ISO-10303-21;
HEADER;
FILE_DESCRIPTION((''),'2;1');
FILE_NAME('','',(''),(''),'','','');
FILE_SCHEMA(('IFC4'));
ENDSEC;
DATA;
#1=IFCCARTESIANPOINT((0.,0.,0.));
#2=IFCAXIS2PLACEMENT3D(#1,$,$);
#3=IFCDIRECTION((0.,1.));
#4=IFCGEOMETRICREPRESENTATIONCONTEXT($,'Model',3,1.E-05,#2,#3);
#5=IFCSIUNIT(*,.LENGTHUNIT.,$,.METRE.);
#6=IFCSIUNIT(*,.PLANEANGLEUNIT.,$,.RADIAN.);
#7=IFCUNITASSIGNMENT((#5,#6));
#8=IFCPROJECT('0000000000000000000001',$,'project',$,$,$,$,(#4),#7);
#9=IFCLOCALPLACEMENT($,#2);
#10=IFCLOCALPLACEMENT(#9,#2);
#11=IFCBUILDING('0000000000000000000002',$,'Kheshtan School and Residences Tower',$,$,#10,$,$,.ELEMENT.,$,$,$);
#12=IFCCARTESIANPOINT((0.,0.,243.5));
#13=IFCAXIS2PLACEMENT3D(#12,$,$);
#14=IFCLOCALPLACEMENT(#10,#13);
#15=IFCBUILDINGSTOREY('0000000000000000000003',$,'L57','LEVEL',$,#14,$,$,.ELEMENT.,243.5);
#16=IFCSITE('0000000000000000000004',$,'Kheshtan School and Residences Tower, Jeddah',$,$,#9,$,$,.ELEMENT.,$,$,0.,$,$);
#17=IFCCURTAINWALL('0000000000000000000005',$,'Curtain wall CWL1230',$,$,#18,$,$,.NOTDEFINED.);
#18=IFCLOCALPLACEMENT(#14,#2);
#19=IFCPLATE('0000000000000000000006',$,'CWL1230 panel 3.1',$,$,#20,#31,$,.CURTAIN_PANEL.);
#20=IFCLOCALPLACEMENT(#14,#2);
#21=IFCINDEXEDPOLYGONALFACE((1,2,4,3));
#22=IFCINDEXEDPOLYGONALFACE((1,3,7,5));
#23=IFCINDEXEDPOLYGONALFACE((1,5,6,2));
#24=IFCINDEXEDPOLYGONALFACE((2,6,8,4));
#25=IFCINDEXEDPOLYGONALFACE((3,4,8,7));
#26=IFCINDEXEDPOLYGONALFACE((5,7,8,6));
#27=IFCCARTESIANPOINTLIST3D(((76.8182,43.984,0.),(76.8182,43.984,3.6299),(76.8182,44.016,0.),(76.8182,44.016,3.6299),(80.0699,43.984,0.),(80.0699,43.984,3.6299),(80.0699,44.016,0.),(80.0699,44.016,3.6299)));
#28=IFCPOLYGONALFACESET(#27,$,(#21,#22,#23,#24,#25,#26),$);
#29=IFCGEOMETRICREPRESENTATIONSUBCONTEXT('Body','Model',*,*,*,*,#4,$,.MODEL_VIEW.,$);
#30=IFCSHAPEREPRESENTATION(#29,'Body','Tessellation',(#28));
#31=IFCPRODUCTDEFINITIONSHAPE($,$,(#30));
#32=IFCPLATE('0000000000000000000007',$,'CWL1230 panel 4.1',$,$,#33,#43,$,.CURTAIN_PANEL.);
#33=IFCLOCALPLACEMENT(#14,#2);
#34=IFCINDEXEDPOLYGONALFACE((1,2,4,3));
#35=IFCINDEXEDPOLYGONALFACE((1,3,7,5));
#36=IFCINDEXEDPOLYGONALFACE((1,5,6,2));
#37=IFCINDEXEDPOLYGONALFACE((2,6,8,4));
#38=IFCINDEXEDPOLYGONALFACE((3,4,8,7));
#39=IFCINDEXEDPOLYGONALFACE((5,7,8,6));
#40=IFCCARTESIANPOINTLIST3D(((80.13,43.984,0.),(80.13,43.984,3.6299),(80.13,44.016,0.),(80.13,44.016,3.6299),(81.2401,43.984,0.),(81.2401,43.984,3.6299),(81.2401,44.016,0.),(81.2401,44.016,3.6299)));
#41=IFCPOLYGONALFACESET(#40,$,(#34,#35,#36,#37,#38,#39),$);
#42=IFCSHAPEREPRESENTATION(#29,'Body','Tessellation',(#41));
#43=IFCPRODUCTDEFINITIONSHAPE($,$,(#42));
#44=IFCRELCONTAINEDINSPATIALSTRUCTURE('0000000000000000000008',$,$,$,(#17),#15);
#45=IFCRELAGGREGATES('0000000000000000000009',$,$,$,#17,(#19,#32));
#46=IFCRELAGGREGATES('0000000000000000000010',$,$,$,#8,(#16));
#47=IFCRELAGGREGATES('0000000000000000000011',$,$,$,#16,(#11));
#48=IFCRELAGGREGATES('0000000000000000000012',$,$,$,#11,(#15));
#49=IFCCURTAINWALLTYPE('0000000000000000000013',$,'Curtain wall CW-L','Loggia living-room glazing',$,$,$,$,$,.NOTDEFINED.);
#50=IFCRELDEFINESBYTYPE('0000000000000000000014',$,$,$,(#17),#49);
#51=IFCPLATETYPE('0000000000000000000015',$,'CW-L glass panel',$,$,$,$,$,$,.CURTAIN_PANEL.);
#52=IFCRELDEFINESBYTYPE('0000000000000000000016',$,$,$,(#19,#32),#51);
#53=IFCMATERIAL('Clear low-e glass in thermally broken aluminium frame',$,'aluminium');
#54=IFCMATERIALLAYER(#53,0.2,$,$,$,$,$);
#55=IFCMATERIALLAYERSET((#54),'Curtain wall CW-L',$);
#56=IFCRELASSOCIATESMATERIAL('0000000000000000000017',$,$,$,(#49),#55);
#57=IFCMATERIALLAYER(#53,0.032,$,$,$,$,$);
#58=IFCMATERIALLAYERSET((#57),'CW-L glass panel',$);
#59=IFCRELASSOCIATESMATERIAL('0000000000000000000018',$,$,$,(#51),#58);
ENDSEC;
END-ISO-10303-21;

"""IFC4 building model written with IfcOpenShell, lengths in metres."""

from ifc_helpers import new_model, si_unit, direction, frame, origin, origin_2d, place, context, subcontext, project, spatial, rectangle, extrude, material, layer, layer_set, type_object, element, aggregate, save


model = new_model("IFC4")

# Units and contexts
model_context = context("Model", 3, precision=1e-05, world=origin(), true_north=direction((0.0, 1.0)))
body_context = subcontext(model_context, "Body", "Model", "MODEL_VIEW")
ifc_project = project(units=[si_unit("LENGTHUNIT", "METRE"), si_unit("PLANEANGLEUNIT", "RADIAN")], contexts=[model_context])

# Site, building, storey
site_placement = place(None, origin())
site = spatial("IfcSite", under=ifc_project, at=site_placement, Name="Kheshtan School and Residences Tower, Jeddah", CompositionType="ELEMENT", RefElevation=0.0)
building_placement = place(site_placement, origin())
building = spatial("IfcBuilding", under=site, at=building_placement, Name="Kheshtan School and Residences Tower", CompositionType="ELEMENT")
storey_placement = place(building_placement, frame((0.0, 0.0, 243.5)))
storey = spatial("IfcBuildingStorey", under=building, at=storey_placement, Name="L57", Description="LEVEL", CompositionType="ELEMENT", Elevation=243.5)

# Curtain wall
ifc_material_1 = material(Name="Clear low-e glass in thermally broken aluminium frame", Category="aluminium")
ifc_layer_1 = layer(ifc_material_1, 0.2)
ifc_layer_set_1 = layer_set([ifc_layer_1], Name="Curtain wall CW-L")
curtain_wall_type = type_object("IfcCurtainWallType", Name="Curtain wall CW-L", Description="Loggia living-room glazing", PredefinedType="NOTDEFINED", material=ifc_layer_set_1)
curtain_wall_placement = place(storey_placement, origin())
curtain_wall = element("IfcCurtainWall", 1, at=curtain_wall_placement, inside=storey, type_object=curtain_wall_type, Name="Curtain wall CWL1230", PredefinedType="NOTDEFINED")

# Plates
ifc_layer_2 = layer(ifc_material_1, 0.032)
ifc_layer_set_2 = layer_set([ifc_layer_2], Name="CW-L glass panel")
plate_type = type_object("IfcPlateType", Name="CW-L glass panel", PredefinedType="CURTAIN_PANEL", material=ifc_layer_set_2)
plate_1_placement = place(storey_placement, frame((78.4441, 44.0, 0.0), z_axis=(0.0, 0.0, 1.0), x_axis=(1.0, 0.0, 0.0)))
plate_1 = element("IfcPlate", 2, at=plate_1_placement, type_object=plate_type, Name="CWL1230 panel 3.1", PredefinedType="CURTAIN_PANEL", context=body_context, shape_type="SweptSolid", body=[
    extrude(rectangle(XDim=3.2517, YDim=0.032, at=origin_2d()), origin(), (0.0, 0.0, 1.0), 3.6299),
])
plate_2_placement = place(storey_placement, frame((80.6851, 44.0, 0.0), z_axis=(0.0, 0.0, 1.0), x_axis=(1.0, 0.0, 0.0)))
plate_2 = element("IfcPlate", 3, at=plate_2_placement, type_object=plate_type, Name="CWL1230 panel 4.1", PredefinedType="CURTAIN_PANEL", context=body_context, shape_type="SweptSolid", body=[
    extrude(rectangle(XDim=1.1101, YDim=0.032, at=origin_2d()), origin(), (0.0, 0.0, 1.0), 3.6299),
])
aggregate(curtain_wall, [plate_1, plate_2])

save(model, "model.ifc")
